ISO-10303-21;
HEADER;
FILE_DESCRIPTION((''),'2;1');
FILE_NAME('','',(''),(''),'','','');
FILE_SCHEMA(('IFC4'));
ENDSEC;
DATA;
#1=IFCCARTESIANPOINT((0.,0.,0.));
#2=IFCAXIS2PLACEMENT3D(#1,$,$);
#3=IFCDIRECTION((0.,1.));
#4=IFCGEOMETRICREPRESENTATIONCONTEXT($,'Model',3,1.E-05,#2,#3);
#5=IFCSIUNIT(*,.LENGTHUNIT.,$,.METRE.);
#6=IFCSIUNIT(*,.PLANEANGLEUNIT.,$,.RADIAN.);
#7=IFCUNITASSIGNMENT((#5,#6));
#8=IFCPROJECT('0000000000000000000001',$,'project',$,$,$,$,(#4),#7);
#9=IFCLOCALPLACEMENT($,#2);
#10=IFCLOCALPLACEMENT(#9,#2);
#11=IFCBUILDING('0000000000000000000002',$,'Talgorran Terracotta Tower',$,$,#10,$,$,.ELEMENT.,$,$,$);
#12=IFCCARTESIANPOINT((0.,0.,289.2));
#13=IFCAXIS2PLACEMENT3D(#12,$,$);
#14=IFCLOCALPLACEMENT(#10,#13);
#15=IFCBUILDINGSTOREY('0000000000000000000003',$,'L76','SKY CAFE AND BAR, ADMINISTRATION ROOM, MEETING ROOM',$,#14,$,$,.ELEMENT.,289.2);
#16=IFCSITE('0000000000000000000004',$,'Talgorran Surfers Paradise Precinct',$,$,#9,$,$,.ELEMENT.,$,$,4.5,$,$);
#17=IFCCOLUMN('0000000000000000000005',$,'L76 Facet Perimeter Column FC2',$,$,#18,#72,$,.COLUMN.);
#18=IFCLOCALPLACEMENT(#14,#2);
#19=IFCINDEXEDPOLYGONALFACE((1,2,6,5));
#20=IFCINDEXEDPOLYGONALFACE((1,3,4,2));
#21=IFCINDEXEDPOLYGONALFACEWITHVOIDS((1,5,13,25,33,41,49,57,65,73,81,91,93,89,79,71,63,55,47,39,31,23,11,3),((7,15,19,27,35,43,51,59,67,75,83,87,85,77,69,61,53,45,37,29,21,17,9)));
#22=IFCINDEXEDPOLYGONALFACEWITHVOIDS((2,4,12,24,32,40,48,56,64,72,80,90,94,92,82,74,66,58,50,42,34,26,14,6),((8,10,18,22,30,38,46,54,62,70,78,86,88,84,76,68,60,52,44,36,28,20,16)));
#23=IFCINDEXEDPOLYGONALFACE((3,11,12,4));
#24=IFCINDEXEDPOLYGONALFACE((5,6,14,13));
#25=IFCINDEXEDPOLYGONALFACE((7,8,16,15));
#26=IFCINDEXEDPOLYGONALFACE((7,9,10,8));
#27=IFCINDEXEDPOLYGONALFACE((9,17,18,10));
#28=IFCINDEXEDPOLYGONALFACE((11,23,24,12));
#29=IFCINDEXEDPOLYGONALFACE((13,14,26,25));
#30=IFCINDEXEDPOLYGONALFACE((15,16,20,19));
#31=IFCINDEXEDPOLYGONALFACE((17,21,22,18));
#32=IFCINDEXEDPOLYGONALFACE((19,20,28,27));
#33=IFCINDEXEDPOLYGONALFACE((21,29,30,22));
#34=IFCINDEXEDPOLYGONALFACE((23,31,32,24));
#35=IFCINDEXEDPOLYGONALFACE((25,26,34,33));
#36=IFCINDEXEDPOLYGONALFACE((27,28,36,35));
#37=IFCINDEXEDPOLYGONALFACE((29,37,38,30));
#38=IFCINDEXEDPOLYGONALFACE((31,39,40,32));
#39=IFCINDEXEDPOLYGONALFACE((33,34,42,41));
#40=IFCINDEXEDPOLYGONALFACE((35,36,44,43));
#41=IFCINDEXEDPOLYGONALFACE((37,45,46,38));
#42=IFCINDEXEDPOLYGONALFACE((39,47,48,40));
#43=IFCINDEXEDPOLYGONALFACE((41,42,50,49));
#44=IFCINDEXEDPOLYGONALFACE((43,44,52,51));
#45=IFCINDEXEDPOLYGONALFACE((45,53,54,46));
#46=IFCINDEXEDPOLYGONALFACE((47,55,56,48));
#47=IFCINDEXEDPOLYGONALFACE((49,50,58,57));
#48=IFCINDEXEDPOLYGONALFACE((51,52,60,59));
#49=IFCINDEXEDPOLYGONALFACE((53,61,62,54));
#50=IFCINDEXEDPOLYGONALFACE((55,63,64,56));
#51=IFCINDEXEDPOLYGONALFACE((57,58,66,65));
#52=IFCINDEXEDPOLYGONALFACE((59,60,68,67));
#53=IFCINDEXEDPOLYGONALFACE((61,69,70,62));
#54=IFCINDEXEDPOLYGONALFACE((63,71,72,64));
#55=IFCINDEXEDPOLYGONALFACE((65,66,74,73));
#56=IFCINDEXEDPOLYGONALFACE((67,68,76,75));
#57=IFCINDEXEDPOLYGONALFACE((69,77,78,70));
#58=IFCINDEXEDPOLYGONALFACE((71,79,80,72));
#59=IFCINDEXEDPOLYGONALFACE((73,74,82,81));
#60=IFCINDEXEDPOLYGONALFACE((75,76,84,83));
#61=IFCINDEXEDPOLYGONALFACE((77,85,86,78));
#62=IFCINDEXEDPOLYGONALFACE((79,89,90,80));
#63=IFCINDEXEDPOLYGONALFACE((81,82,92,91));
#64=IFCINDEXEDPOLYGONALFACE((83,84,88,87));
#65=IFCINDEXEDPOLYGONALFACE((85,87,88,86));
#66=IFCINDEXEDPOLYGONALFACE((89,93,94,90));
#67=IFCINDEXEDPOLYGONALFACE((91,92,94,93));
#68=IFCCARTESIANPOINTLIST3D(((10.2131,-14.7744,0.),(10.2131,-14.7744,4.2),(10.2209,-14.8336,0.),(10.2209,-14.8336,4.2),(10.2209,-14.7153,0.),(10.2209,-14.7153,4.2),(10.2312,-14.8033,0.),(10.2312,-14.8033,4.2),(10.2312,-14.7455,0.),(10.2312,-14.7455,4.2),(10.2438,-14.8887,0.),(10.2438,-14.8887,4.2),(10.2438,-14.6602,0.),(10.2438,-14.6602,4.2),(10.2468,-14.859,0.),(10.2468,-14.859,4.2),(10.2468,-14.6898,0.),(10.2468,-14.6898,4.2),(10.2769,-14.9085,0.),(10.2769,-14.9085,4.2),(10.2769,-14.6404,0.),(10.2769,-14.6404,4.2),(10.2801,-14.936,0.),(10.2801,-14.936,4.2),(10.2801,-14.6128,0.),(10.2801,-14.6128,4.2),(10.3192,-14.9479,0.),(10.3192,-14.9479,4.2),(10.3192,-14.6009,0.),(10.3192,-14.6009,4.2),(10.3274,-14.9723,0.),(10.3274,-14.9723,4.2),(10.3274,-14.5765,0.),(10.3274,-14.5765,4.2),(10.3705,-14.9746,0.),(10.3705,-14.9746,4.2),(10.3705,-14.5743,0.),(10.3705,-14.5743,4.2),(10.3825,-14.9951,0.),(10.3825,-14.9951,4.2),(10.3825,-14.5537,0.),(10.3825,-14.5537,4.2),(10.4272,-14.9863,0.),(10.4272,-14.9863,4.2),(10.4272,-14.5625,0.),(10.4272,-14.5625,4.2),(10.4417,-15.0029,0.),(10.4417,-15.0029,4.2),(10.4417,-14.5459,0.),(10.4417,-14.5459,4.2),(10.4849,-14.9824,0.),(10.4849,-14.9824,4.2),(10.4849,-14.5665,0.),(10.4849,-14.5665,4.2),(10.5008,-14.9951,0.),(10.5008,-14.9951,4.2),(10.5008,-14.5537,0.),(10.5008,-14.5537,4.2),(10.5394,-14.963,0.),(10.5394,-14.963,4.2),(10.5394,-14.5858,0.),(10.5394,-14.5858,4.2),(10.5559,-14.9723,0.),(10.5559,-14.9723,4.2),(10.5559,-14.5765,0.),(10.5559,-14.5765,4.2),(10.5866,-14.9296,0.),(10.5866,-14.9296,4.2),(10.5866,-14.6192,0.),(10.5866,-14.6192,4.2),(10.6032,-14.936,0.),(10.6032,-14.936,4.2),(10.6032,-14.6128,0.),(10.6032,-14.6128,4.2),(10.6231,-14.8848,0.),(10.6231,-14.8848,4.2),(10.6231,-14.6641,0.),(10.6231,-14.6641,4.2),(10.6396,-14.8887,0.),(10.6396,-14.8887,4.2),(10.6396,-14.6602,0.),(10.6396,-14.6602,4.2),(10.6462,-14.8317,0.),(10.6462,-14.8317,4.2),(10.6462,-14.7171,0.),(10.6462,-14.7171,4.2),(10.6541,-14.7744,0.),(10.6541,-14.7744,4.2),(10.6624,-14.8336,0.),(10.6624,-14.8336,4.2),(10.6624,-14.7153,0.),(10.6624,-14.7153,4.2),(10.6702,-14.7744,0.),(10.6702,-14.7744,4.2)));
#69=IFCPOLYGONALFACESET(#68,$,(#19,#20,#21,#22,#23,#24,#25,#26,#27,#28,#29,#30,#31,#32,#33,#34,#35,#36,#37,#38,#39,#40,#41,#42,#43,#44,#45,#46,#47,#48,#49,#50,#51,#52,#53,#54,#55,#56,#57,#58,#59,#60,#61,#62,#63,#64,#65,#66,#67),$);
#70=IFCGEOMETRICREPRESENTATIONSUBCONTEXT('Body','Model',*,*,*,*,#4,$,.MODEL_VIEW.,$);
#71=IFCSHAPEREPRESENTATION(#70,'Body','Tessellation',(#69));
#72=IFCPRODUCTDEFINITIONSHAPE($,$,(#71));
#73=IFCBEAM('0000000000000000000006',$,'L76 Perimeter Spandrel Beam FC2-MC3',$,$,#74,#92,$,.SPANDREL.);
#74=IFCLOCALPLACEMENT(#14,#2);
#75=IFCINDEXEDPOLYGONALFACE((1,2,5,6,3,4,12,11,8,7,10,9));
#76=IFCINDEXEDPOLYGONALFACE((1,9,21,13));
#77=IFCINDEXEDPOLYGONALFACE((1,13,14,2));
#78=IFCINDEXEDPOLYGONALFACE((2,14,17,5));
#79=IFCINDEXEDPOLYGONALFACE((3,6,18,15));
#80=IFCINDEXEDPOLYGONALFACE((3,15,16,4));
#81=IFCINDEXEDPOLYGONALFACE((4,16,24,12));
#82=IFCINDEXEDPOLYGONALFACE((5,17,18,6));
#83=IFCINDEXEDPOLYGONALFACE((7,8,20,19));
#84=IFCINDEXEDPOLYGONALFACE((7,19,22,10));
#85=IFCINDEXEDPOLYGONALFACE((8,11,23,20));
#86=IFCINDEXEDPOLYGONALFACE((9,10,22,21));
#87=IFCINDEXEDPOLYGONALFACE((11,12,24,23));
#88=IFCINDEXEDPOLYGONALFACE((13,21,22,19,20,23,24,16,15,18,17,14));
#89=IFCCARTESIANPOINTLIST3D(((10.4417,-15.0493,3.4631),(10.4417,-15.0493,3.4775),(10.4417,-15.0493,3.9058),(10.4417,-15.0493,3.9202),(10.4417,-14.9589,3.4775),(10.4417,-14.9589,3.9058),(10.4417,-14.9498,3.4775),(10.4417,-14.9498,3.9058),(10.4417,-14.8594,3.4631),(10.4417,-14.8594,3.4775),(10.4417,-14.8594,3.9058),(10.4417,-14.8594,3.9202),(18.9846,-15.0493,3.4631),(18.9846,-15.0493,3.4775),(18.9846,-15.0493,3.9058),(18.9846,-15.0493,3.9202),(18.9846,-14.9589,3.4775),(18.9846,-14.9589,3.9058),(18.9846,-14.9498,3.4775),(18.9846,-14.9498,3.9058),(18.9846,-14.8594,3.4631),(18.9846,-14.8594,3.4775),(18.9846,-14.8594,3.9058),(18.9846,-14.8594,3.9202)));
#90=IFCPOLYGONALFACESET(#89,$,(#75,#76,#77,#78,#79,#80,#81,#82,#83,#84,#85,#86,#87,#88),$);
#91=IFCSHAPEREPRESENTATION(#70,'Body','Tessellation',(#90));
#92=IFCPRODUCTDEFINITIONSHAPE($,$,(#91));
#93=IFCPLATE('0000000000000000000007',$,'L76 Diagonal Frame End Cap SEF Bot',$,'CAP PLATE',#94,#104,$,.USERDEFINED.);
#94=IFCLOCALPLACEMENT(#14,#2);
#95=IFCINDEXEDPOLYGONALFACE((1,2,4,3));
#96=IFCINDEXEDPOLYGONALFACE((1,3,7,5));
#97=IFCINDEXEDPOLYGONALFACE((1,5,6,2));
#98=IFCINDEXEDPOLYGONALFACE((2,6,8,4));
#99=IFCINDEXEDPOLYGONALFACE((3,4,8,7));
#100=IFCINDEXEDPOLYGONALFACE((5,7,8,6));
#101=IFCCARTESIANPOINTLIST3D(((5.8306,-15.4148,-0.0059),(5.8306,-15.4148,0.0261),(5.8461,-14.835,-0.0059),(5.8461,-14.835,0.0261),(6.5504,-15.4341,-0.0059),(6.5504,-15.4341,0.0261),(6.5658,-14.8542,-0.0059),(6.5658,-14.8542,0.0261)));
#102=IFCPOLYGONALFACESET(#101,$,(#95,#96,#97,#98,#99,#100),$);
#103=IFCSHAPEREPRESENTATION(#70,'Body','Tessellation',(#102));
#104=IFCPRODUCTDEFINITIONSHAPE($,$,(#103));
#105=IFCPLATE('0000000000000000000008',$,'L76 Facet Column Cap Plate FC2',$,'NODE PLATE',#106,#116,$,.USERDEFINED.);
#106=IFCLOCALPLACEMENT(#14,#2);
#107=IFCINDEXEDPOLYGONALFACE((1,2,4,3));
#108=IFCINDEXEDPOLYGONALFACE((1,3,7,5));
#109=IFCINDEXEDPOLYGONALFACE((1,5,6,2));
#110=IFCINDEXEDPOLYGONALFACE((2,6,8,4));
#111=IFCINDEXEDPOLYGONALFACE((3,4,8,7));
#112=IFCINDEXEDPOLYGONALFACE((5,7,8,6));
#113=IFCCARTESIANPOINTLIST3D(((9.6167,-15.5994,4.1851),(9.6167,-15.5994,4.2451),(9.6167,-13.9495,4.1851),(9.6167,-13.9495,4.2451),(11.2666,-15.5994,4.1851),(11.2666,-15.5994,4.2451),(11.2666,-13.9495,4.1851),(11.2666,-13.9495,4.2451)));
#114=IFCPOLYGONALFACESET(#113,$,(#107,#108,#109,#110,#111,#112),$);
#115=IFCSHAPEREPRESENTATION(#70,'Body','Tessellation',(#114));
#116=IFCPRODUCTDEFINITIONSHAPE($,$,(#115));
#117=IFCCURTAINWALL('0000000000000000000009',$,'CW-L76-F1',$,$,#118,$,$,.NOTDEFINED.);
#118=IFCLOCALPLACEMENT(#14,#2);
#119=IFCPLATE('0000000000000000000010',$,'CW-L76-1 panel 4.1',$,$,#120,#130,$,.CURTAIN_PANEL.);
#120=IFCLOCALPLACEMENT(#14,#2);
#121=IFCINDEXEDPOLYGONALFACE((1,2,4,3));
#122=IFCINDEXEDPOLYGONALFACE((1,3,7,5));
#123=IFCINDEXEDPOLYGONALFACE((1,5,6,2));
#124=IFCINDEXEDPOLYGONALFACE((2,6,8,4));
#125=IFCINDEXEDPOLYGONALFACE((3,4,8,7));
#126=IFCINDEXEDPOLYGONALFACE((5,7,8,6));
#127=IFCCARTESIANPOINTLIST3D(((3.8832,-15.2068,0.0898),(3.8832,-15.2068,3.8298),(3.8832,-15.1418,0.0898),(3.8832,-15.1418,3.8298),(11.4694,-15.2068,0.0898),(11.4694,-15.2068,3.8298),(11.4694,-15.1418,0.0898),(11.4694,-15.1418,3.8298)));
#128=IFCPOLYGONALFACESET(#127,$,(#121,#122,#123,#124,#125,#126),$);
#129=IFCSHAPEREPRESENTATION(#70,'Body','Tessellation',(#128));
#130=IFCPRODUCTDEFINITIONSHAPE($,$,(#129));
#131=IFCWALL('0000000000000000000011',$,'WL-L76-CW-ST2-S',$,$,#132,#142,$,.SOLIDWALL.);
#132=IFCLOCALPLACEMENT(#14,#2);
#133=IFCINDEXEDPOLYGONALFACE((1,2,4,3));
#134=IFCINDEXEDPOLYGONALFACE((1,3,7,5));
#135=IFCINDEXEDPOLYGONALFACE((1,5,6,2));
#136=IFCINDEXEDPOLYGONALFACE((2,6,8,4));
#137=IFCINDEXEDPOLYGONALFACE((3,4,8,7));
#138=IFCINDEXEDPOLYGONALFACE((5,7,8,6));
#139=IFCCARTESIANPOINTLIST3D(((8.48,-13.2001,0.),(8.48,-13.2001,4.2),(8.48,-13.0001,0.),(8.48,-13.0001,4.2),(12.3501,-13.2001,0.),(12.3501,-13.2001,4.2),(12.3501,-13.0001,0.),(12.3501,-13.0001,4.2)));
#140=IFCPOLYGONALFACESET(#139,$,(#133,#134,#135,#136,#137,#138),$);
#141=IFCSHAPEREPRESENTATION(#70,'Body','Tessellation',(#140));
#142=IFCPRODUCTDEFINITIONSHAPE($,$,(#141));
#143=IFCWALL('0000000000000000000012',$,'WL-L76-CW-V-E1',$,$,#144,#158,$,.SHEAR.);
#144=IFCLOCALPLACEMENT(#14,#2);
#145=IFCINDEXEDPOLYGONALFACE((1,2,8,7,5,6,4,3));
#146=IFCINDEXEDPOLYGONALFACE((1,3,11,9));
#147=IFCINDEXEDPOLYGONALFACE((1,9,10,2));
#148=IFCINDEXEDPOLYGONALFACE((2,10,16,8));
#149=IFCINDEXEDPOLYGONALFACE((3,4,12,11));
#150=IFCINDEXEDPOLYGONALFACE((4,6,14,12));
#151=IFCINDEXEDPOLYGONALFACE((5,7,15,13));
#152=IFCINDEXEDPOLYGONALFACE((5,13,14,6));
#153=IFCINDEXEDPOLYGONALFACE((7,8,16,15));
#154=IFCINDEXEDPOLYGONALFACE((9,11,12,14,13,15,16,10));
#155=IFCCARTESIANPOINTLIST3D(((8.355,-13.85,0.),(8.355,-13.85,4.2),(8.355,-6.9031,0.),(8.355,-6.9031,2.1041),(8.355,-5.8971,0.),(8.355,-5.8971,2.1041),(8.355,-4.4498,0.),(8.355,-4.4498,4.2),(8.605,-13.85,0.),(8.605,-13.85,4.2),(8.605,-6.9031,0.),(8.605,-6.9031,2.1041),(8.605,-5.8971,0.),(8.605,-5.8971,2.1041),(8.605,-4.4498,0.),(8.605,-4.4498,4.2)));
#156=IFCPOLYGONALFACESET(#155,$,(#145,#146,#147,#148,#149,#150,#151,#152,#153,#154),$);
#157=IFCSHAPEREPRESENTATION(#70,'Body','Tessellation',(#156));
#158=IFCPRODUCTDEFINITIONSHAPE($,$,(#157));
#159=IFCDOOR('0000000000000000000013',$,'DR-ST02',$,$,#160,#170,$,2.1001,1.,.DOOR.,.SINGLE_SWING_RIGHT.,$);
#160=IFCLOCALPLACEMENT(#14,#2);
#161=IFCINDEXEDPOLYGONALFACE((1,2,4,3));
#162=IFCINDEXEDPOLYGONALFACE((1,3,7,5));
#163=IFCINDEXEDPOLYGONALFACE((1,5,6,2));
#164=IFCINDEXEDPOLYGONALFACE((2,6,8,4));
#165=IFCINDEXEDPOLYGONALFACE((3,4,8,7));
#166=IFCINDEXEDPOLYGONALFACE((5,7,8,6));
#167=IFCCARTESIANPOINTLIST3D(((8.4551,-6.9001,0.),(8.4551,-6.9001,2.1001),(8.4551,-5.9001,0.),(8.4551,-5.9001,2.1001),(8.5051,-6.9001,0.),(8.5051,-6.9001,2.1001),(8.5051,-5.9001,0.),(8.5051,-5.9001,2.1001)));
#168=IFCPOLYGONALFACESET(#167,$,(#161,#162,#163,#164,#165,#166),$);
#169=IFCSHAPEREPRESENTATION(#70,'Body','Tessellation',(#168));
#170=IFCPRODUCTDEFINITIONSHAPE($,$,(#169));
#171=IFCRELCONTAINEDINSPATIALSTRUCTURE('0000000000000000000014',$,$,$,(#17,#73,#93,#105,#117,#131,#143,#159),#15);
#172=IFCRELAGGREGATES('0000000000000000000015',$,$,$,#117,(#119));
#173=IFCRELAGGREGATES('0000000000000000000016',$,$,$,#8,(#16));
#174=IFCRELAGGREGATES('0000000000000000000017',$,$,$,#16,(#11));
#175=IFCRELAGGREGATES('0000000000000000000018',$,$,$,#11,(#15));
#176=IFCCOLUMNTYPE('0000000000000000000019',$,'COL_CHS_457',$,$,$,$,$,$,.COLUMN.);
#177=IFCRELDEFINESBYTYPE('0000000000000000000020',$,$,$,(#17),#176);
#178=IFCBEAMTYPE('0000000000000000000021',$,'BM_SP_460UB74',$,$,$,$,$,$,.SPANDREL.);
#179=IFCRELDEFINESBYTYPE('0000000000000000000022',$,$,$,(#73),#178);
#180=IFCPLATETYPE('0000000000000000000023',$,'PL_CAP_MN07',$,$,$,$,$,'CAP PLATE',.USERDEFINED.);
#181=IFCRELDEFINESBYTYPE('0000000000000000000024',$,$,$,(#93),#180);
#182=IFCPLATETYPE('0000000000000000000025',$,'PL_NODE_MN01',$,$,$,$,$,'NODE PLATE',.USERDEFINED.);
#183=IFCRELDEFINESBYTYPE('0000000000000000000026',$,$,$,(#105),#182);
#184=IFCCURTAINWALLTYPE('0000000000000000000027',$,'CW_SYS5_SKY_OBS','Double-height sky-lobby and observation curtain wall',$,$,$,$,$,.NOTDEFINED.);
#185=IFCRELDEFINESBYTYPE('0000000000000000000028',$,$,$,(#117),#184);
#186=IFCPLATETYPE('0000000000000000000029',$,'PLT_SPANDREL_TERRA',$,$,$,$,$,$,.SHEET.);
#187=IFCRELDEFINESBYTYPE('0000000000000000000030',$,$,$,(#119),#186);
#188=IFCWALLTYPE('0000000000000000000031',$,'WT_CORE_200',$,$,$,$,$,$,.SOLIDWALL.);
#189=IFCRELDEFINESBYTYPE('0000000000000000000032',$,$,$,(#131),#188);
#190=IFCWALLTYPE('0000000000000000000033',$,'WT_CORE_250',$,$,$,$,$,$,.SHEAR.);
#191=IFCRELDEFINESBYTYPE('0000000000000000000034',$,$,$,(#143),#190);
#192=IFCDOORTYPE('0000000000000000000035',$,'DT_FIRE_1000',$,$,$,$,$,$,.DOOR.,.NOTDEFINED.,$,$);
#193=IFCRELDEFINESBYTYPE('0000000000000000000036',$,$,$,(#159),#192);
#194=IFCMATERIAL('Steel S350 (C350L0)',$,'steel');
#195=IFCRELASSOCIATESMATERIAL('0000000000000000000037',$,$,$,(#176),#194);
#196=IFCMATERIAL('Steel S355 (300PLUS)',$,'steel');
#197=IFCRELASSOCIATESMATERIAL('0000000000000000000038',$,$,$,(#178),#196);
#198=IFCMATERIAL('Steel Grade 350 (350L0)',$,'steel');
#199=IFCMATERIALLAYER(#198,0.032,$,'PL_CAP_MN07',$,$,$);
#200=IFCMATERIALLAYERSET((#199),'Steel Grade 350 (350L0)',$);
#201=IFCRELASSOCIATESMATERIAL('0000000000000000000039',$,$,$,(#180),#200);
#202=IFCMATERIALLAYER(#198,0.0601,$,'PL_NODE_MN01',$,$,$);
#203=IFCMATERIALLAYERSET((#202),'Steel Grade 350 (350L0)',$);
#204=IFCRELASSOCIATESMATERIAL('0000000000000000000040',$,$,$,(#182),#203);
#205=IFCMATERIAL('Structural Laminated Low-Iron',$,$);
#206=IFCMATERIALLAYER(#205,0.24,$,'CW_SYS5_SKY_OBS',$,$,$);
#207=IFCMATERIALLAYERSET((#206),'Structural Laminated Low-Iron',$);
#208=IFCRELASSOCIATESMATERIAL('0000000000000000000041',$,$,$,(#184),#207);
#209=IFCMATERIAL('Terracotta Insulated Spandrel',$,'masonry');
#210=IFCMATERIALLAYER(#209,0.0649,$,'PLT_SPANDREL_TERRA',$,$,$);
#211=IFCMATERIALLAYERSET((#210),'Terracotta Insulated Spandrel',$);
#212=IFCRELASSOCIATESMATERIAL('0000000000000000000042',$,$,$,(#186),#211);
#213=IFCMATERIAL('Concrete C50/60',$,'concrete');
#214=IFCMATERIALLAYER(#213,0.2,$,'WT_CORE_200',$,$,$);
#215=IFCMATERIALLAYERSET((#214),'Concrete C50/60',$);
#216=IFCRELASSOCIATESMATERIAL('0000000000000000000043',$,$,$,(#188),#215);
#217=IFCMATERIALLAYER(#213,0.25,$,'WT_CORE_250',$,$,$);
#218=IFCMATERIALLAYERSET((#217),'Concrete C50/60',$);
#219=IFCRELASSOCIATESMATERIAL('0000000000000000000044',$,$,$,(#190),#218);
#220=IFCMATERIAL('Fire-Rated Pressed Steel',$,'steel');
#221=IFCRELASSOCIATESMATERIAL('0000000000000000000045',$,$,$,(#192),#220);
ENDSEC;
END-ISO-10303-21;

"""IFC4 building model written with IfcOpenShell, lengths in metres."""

from ifc_helpers import new_model, si_unit, direction, frame, frame_2d, origin, origin_2d, place, context, subcontext, project, spatial, rectangle, hollow_circle, i_section, extrude, source, transform, mapped, material, layer, layer_set, material_profile, profile_set, type_object, type_shapes, element, fill, aggregate, save


model = new_model("IFC4")

# Units and contexts
model_context = context("Model", 3, precision=1e-05, world=origin(), true_north=direction((0.0, 1.0)))
body_context = subcontext(model_context, "Body", "Model", "MODEL_VIEW")
ifc_project = project(units=[si_unit("LENGTHUNIT", "METRE"), si_unit("PLANEANGLEUNIT", "RADIAN")], contexts=[model_context])

# Site, building, storey
site_placement = place(None, origin())
site = spatial("IfcSite", under=ifc_project, at=site_placement, Name="Talgorran Surfers Paradise Precinct", CompositionType="ELEMENT", RefElevation=4.5)
building_placement = place(site_placement, origin())
building = spatial("IfcBuilding", under=site, at=building_placement, Name="Talgorran Terracotta Tower", CompositionType="ELEMENT")
storey_placement = place(building_placement, frame((0.0, 0.0, 289.2)))
storey = spatial("IfcBuildingStorey", under=building, at=storey_placement, Name="L76", Description="SKY CAFE AND BAR, ADMINISTRATION ROOM, MEETING ROOM", CompositionType="ELEMENT", Elevation=289.2)

# Column
ifc_material_1 = material(Name="Steel S350 (C350L0)", Category="steel")
ifc_material_profile_1 = material_profile(ifc_material_1, hollow_circle(Radius=0.2285, WallThickness=0.0161, at=origin_2d()), Name="CHS457X16")
ifc_profile_set_1 = profile_set([ifc_material_profile_1], Name="Steel S350 (C350L0)")
column_type = type_object("IfcColumnType", Name="COL_CHS_457", PredefinedType="COLUMN", material=ifc_profile_set_1)
column_placement = place(storey_placement, frame((10.4417, -14.7744, 0.0), z_axis=(0.0, 0.0, 1.0), x_axis=(1.0, 0.0, 0.0)))
element("IfcColumn", 1, at=column_placement, inside=storey, type_object=column_type, Name="L76 Facet Perimeter Column FC2", PredefinedType="COLUMN", context=body_context, shape_type="SweptSolid", body=[
    extrude(hollow_circle(Radius=0.2285, WallThickness=0.0161, at=origin_2d()), origin(), (0.0, 0.0, 1.0), 4.2),
])

# Beam
ifc_material_2 = material(Name="Steel S355 (300PLUS)", Category="steel")
ifc_material_profile_2 = material_profile(ifc_material_2, i_section(OverallWidth=0.1899, OverallDepth=0.457, WebThickness=0.009, FlangeThickness=0.0144, at=origin_2d()), Name="460UB74.6")
ifc_profile_set_2 = profile_set([ifc_material_profile_2], Name="Steel S355 (300PLUS)")
beam_type = type_object("IfcBeamType", Name="BM_SP_460UB74", PredefinedType="SPANDREL", material=ifc_profile_set_2)
beam_placement = place(storey_placement, frame((10.4417, -14.9543, 3.6917), z_axis=(1.0, 0.0, 0.0), x_axis=(0.0, 1.0, 0.0)))
element("IfcBeam", 2, at=beam_placement, inside=storey, type_object=beam_type, Name="L76 Perimeter Spandrel Beam FC2-MC3", PredefinedType="SPANDREL", context=body_context, shape_type="SweptSolid", body=[
    extrude(i_section(OverallWidth=0.1899, OverallDepth=0.457, WebThickness=0.009, FlangeThickness=0.0144, at=origin_2d()), origin(), (0.0, 0.0, 1.0), 8.543),
])

# Plates
ifc_material_3 = material(Name="Steel Grade 350 (350L0)", Category="steel")
ifc_layer_1 = layer(ifc_material_3, 0.032, Name="PL_CAP_MN07")
ifc_layer_set_1 = layer_set([ifc_layer_1], Name="Steel Grade 350 (350L0)")
plate_type_1 = type_object("IfcPlateType", Name="PL_CAP_MN07", ElementType="CAP PLATE", PredefinedType="USERDEFINED", material=ifc_layer_set_1)
plate_1_placement = place(storey_placement, frame((6.1982, -15.1345, -0.0059), z_axis=(0.0, 0.0, 1.0), x_axis=(-0.999643, 0.0267, 0.0)))
element("IfcPlate", 3, at=plate_1_placement, inside=storey, type_object=plate_type_1, Name="L76 Diagonal Frame End Cap SEF Bot", ObjectType="CAP PLATE", PredefinedType="USERDEFINED", context=body_context, shape_type="SweptSolid", body=[
    extrude(rectangle(XDim=0.72, YDim=0.5801, at=origin_2d()), origin(), (0.0, 0.0, 1.0), 0.032),
])
ifc_layer_2 = layer(ifc_material_3, 0.0601, Name="PL_NODE_MN01")
ifc_layer_set_2 = layer_set([ifc_layer_2], Name="Steel Grade 350 (350L0)")
plate_type_2 = type_object("IfcPlateType", Name="PL_NODE_MN01", ElementType="NODE PLATE", PredefinedType="USERDEFINED", material=ifc_layer_set_2)
plate_2_placement = place(storey_placement, frame((10.4417, -14.7744, 4.1851), z_axis=(0.0, 0.0, 1.0), x_axis=(1.0, 0.0, 0.0)))
element("IfcPlate", 4, at=plate_2_placement, inside=storey, type_object=plate_type_2, Name="L76 Facet Column Cap Plate FC2", ObjectType="NODE PLATE", PredefinedType="USERDEFINED", context=body_context, shape_type="SweptSolid", body=[
    extrude(rectangle(XDim=1.6499, YDim=1.6499, at=origin_2d()), origin(), (0.0, 0.0, 1.0), 0.0601),
])

# Curtain wall, plate
ifc_material_4 = material(Name="Structural Laminated Low-Iron")
ifc_layer_3 = layer(ifc_material_4, 0.24, Name="CW_SYS5_SKY_OBS")
ifc_layer_set_3 = layer_set([ifc_layer_3], Name="Structural Laminated Low-Iron")
curtain_wall_type = type_object("IfcCurtainWallType", Name="CW_SYS5_SKY_OBS", Description="Double-height sky-lobby and observation curtain wall", PredefinedType="NOTDEFINED", material=ifc_layer_set_3)
curtain_wall_placement = place(storey_placement, origin())
curtain_wall = element("IfcCurtainWall", 5, at=curtain_wall_placement, inside=storey, type_object=curtain_wall_type, Name="CW-L76-F1", PredefinedType="NOTDEFINED")
ifc_material_5 = material(Name="Terracotta Insulated Spandrel", Category="masonry")
ifc_layer_4 = layer(ifc_material_5, 0.0649, Name="PLT_SPANDREL_TERRA")
ifc_layer_set_4 = layer_set([ifc_layer_4], Name="Terracotta Insulated Spandrel")
plate_type_3 = type_object("IfcPlateType", Name="PLT_SPANDREL_TERRA", PredefinedType="SHEET", material=ifc_layer_set_4)
shared_shape = source(origin(), body_context, "Body", "SweptSolid", [
    extrude(rectangle(XDim=7.5862, YDim=0.0649, at=origin_2d()), origin(), (0.0, 0.0, 1.0), 3.74),
])
type_shapes(plate_type_3, [shared_shape])
plate_3_placement = place(storey_placement, frame((7.6763, -15.1743, 0.0898), z_axis=(0.0, 0.0, 1.0), x_axis=(1.0, 0.0, 0.0)))
plate_3 = element("IfcPlate", 6, at=plate_3_placement, type_object=plate_type_3, Name="CW-L76-1 panel 4.1", PredefinedType="CURTAIN_PANEL", context=body_context, shape_type="MappedRepresentation", body=[
    mapped(shared_shape, transform((0.0, 0.0, 0.0), scale=1.0)),
])
aggregate(curtain_wall, [plate_3])

# Wall
ifc_material_6 = material(Name="Concrete C50/60", Category="concrete")
ifc_layer_5 = layer(ifc_material_6, 0.2, Name="WT_CORE_200")
ifc_layer_set_5 = layer_set([ifc_layer_5], Name="Concrete C50/60")
wall_type_1 = type_object("IfcWallType", Name="WT_CORE_200", PredefinedType="SOLIDWALL", material=ifc_layer_set_5)
wall_1_placement = place(storey_placement, frame((8.48, -13.1001, 0.0), z_axis=(0.0, 0.0, 1.0), x_axis=(1.0, 0.0, 0.0)))
element("IfcWall", 7, at=wall_1_placement, inside=storey, type_object=wall_type_1, Name="WL-L76-CW-ST2-S", PredefinedType="SOLIDWALL", context=body_context, shape_type="SweptSolid", body=[
    extrude(rectangle(XDim=3.8701, YDim=0.2, at=frame_2d((1.9351, 0.0))), origin(), (0.0, 0.0, 1.0), 4.2),
])

# Wall, opening, door
ifc_layer_6 = layer(ifc_material_6, 0.25, Name="WT_CORE_250")
ifc_layer_set_6 = layer_set([ifc_layer_6], Name="Concrete C50/60")
wall_type_2 = type_object("IfcWallType", Name="WT_CORE_250", PredefinedType="SHEAR", material=ifc_layer_set_6)
wall_2_placement = place(storey_placement, frame((8.48, -13.8501, 0.0), z_axis=(0.0, 0.0, 1.0), x_axis=(0.0, 1.0, 0.0)))
wall_2 = element("IfcWall", 8, at=wall_2_placement, inside=storey, type_object=wall_type_2, Name="WL-L76-CW-V-E1", PredefinedType="SHEAR", context=body_context, shape_type="SweptSolid", body=[
    extrude(rectangle(XDim=9.4001, YDim=0.25, at=frame_2d((4.7002, 0.0))), origin(), (0.0, 0.0, 1.0), 4.2),
])
opening_placement = place(wall_2_placement, frame((6.95, 0.0, 0.0)))
opening = element("IfcOpeningElement", 9, at=opening_placement, cuts=wall_2, PredefinedType="OPENING", context=body_context, shape_type="SweptSolid", body=[
    extrude(rectangle(XDim=1.006, YDim=2.1041, at=frame_2d((0.5, 1.052))), frame((0.0, 0.135, 0.0), z_axis=(0.0, -1.0, 0.0), x_axis=(1.0, 0.0, 0.0)), (0.0, 0.0, 1.0), 0.27),
])
ifc_material_7 = material(Name="Fire-Rated Pressed Steel", Category="steel")
door_type = type_object("IfcDoorType", Name="DT_FIRE_1000", OperationType="NOTDEFINED", PredefinedType="DOOR", material=ifc_material_7)
door_placement = place(opening_placement, origin())
door = element("IfcDoor", 10, at=door_placement, inside=storey, type_object=door_type, Name="DR-ST02", OperationType="SINGLE_SWING_RIGHT", OverallHeight=2.1001, OverallWidth=1.0, PredefinedType="DOOR", context=body_context, shape_type="SweptSolid", body=[
    extrude(rectangle(XDim=1.0, YDim=2.1001, at=frame_2d((0.5, 1.05))), frame((0.0, 0.0249, 0.0), z_axis=(0.0, -1.0, 0.0), x_axis=(1.0, 0.0, 0.0)), (0.0, 0.0, 1.0), 0.05),
])
fill(opening, door)

save(model, "model.ifc")
